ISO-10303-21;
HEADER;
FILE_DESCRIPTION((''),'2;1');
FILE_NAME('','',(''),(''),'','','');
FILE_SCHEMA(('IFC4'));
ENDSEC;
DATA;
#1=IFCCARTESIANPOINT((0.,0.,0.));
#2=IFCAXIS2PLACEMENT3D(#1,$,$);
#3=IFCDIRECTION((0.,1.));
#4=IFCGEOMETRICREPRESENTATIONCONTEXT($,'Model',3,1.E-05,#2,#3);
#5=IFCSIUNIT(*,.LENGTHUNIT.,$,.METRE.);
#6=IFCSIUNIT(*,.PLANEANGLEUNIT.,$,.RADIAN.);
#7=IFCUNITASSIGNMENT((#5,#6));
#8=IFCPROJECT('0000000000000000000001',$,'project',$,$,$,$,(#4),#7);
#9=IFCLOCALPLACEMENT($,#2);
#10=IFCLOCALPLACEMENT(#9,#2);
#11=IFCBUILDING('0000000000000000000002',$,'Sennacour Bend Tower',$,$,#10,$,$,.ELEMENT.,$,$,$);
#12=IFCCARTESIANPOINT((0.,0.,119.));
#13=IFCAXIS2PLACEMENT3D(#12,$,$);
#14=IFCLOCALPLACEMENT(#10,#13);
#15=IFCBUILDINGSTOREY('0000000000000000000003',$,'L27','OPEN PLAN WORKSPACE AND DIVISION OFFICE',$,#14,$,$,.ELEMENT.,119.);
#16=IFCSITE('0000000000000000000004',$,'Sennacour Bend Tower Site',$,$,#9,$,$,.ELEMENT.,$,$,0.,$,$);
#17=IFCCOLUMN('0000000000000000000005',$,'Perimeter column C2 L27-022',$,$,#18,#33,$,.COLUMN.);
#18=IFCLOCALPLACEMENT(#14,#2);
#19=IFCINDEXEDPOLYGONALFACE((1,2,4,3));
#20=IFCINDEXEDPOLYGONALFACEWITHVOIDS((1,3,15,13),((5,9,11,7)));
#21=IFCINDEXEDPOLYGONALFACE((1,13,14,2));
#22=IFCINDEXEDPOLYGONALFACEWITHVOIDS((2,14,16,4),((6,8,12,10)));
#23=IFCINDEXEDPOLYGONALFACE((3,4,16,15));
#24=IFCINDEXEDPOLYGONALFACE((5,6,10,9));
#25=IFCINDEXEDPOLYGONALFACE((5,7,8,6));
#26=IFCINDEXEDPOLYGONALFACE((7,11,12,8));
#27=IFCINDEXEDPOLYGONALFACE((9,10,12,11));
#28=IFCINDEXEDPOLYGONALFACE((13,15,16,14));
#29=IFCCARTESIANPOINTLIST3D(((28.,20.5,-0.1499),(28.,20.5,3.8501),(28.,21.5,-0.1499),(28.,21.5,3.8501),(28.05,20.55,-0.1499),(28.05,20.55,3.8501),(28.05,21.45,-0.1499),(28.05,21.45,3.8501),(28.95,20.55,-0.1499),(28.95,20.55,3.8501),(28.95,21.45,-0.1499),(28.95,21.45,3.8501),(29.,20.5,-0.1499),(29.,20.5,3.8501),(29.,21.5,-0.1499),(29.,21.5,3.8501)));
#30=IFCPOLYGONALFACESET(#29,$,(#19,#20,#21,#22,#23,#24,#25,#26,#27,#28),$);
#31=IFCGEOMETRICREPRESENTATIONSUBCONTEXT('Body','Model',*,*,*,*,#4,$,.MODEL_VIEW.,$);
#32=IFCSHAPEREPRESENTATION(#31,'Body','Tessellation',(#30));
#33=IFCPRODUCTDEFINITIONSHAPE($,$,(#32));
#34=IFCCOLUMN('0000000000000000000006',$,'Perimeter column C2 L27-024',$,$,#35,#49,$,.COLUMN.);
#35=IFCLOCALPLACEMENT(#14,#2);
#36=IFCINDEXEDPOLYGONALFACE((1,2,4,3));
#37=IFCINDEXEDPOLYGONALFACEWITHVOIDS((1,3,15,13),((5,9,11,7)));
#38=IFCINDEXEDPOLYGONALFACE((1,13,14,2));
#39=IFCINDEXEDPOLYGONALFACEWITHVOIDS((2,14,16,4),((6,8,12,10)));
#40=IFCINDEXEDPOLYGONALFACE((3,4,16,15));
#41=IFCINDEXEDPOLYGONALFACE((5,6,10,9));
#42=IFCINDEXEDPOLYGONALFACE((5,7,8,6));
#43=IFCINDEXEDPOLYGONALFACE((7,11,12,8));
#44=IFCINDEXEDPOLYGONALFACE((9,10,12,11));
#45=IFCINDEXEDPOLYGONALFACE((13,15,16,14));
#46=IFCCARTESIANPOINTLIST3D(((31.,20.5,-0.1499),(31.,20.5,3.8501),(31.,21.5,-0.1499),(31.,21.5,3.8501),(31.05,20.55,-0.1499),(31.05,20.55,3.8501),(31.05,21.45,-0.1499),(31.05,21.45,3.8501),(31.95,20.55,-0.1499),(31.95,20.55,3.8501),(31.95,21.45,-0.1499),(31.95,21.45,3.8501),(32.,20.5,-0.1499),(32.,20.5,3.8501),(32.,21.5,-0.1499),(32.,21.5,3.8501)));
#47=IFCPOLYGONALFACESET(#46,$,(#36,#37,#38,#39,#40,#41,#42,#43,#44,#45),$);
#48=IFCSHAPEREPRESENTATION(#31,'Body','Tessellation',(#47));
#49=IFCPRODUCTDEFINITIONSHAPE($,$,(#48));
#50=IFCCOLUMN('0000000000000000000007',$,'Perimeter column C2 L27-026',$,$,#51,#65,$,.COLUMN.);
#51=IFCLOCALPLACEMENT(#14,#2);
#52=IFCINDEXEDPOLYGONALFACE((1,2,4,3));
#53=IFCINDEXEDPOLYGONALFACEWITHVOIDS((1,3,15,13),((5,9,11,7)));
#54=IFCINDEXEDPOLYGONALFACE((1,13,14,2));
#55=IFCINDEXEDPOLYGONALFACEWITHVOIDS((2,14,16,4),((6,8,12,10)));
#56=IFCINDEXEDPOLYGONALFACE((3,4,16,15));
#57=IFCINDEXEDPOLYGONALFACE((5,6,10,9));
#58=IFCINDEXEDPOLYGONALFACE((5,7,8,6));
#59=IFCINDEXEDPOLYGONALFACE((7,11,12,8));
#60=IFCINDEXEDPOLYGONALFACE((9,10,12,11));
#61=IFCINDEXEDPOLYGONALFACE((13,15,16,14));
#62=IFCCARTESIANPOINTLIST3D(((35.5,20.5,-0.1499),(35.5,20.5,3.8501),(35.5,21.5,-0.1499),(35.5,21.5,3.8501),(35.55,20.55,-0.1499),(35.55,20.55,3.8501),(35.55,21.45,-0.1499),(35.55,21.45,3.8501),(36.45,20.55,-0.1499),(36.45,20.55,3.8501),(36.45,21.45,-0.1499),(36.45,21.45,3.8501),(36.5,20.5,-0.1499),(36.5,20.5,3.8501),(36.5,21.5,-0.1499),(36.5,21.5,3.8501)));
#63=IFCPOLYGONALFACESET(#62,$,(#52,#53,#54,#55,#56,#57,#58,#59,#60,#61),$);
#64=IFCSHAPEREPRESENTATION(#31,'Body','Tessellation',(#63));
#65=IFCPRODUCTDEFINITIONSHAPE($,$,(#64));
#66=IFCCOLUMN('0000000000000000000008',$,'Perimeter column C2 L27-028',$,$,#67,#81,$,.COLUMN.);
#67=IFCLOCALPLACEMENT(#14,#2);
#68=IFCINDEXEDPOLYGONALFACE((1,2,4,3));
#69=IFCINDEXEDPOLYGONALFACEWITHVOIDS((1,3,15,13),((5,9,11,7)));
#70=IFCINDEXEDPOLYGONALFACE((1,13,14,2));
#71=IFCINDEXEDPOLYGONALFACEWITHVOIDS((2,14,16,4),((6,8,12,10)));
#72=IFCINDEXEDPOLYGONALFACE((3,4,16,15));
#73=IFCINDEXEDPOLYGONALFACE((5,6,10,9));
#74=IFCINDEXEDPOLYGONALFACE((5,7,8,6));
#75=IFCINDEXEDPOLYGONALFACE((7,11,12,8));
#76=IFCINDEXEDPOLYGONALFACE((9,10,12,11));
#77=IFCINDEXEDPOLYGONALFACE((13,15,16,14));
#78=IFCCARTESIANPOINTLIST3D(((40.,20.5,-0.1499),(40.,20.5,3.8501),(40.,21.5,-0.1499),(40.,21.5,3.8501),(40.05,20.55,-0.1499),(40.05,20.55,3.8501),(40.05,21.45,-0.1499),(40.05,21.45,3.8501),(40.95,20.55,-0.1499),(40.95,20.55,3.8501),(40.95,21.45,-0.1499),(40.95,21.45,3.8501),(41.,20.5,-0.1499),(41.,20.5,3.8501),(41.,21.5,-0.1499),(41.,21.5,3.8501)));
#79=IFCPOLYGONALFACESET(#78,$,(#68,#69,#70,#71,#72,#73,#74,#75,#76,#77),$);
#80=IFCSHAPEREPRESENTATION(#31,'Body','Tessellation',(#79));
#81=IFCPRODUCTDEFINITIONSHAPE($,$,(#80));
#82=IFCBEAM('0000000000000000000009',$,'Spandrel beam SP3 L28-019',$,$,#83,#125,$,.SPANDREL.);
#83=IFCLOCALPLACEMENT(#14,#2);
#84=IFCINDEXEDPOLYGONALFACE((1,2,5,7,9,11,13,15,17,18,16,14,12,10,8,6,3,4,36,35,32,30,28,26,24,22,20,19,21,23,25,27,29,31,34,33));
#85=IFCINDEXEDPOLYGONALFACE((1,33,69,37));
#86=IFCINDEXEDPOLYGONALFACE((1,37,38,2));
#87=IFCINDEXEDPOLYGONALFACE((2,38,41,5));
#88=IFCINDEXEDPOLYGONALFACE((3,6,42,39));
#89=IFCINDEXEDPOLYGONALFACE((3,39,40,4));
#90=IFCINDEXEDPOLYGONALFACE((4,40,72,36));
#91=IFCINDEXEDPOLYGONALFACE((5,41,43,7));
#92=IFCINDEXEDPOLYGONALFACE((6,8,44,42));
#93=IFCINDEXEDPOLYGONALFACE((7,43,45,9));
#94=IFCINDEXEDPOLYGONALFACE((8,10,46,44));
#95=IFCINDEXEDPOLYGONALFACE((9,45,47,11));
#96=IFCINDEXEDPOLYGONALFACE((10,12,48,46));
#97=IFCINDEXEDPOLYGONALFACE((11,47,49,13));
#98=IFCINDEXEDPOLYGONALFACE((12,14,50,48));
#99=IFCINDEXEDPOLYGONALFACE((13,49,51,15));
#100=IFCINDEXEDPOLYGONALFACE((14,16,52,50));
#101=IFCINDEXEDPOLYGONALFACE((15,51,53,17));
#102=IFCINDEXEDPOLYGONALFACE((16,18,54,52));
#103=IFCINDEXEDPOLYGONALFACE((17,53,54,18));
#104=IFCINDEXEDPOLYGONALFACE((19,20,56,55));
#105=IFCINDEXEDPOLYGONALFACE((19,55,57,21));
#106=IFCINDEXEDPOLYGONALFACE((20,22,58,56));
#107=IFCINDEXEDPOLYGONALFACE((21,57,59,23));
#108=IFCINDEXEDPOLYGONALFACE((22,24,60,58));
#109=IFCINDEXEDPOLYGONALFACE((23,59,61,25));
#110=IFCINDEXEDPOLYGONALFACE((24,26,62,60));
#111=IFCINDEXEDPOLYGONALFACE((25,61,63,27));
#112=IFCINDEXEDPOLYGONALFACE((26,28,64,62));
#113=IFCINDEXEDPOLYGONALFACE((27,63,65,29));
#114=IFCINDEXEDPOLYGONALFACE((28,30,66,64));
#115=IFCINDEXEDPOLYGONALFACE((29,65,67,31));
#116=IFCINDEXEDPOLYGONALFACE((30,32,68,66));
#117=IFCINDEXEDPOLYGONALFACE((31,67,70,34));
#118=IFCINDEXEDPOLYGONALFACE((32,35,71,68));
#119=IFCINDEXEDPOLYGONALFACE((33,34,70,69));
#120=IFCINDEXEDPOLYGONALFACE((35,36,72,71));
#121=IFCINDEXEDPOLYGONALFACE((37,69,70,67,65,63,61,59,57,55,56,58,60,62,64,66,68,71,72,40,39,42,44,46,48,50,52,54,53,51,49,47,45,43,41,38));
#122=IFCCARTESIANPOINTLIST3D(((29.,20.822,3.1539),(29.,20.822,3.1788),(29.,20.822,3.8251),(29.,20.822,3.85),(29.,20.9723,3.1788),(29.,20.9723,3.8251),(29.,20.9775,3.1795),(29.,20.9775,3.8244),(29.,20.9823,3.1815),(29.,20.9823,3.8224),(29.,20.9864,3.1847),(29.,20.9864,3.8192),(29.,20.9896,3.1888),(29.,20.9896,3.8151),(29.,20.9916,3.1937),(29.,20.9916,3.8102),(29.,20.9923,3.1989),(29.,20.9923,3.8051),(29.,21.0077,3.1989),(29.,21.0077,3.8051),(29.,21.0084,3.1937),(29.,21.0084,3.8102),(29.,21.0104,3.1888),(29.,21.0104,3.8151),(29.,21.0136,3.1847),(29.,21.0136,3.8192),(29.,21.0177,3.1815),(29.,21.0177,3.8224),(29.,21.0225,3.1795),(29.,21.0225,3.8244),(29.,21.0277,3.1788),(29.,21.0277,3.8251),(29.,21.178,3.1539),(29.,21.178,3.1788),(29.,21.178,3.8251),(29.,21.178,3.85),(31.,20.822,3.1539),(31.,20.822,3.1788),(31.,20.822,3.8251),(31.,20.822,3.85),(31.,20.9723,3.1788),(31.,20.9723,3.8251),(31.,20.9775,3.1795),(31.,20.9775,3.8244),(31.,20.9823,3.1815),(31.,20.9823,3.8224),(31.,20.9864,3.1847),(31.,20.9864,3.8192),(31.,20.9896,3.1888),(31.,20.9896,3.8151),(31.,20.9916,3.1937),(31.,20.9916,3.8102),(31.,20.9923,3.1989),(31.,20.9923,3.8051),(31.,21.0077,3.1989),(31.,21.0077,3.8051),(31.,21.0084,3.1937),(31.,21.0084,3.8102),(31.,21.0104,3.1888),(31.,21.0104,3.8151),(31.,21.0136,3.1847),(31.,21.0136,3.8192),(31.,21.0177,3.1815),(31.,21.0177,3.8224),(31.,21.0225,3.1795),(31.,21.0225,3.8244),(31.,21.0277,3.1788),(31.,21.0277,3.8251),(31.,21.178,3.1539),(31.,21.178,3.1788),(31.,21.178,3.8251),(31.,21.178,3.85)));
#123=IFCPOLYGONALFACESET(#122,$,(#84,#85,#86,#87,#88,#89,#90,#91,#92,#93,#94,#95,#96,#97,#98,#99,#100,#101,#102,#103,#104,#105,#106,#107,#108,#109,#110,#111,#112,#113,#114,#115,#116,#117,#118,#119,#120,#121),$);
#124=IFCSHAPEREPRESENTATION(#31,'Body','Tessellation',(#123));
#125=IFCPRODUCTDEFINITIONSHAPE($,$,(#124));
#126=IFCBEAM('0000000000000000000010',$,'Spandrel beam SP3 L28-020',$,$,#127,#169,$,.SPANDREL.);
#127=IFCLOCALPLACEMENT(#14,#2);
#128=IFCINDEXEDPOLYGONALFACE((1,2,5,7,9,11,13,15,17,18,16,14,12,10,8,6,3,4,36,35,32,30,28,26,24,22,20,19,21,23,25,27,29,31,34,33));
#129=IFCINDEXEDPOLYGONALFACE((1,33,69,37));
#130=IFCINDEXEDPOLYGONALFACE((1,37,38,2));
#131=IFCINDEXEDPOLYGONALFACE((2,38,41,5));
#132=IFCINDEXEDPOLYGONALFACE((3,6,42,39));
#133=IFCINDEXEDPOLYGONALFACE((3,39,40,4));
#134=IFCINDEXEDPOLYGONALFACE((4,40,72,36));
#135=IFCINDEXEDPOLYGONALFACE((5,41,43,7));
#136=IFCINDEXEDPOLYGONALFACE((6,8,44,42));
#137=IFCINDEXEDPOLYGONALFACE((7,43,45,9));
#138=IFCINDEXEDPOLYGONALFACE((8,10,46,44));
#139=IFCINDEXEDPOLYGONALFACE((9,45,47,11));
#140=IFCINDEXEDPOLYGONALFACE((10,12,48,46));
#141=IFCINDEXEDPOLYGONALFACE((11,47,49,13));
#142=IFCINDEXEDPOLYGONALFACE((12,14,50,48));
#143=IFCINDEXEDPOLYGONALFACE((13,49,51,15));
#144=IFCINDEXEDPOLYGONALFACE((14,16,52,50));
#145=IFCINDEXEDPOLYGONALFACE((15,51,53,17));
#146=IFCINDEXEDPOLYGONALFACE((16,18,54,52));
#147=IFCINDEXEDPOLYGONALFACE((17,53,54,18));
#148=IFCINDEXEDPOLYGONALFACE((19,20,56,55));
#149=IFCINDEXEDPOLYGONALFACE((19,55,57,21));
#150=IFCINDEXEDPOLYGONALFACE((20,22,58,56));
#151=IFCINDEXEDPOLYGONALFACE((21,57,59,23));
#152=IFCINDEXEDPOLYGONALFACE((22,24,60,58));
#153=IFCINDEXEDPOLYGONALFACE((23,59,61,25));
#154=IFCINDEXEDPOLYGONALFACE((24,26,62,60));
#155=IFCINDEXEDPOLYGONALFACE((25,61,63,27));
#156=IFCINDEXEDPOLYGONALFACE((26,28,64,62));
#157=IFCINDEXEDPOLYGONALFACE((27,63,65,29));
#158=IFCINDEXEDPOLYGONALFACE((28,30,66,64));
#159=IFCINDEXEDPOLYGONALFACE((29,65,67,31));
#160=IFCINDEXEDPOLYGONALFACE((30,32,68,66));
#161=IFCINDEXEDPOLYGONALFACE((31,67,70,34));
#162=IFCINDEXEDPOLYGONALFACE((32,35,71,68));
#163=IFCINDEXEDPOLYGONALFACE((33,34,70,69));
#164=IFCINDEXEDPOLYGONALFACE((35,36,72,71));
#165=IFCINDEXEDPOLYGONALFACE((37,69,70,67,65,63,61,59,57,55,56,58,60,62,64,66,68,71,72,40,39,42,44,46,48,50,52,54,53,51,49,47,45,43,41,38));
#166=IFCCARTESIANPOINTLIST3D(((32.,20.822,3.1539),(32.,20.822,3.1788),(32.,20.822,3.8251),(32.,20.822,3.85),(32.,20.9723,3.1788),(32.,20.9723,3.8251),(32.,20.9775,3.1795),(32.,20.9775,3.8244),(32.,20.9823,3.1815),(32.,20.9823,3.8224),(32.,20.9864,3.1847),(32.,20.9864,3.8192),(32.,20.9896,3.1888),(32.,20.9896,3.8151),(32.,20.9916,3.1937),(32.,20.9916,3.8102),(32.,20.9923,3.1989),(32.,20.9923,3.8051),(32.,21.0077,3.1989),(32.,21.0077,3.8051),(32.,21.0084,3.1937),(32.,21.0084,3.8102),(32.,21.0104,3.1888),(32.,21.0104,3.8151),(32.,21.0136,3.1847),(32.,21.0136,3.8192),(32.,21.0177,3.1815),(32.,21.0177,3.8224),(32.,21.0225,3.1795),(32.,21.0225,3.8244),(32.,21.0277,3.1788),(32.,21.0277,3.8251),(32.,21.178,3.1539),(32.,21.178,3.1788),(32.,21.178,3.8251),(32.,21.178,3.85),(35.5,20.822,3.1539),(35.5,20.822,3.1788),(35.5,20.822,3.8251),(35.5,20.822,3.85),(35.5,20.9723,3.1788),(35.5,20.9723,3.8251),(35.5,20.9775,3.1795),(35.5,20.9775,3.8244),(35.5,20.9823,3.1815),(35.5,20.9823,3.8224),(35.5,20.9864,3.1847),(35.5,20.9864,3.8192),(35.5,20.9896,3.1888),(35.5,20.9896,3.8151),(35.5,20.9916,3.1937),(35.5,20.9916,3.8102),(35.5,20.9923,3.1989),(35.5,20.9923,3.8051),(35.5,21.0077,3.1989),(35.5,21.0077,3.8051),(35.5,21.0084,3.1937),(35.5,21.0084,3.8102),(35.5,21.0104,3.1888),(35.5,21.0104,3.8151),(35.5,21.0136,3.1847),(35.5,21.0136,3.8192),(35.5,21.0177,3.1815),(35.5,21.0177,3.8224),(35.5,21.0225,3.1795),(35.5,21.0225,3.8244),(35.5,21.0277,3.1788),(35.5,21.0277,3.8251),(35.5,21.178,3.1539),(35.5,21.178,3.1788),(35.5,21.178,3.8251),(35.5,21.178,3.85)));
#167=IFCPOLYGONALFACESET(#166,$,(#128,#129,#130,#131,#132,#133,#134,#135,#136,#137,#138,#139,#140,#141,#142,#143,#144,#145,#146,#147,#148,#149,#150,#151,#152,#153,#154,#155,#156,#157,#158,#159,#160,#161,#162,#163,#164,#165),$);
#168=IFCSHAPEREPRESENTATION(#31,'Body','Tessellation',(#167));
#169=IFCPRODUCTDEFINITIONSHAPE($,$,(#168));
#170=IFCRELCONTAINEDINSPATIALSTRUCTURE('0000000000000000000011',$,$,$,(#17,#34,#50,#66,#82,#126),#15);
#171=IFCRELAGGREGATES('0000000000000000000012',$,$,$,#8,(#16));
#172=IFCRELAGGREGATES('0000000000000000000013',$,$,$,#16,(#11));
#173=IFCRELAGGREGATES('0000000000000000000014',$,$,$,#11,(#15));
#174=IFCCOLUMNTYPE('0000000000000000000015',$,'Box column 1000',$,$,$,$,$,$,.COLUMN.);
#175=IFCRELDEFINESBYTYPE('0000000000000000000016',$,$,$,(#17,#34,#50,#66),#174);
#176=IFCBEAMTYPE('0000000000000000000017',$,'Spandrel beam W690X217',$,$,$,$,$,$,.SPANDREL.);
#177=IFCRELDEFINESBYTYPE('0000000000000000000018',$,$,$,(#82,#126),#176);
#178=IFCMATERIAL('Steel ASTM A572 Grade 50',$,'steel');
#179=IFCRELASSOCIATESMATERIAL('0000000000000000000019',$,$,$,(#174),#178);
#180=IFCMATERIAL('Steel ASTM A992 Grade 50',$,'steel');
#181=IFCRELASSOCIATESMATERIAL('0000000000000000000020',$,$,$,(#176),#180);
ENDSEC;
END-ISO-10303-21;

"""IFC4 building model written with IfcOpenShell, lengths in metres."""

from ifc_helpers import new_model, si_unit, direction, frame, origin, origin_2d, place, context, subcontext, project, spatial, hollow_rectangle, i_section, extrude, material, material_profile, profile_set, type_object, element, save


model = new_model("IFC4")

# Units and contexts
model_context = context("Model", 3, precision=1e-05, world=origin(), true_north=direction((0.0, 1.0)))
body_context = subcontext(model_context, "Body", "Model", "MODEL_VIEW")
ifc_project = project(units=[si_unit("LENGTHUNIT", "METRE"), si_unit("PLANEANGLEUNIT", "RADIAN")], contexts=[model_context])

# Site, building, storey
site_placement = place(None, origin())
site = spatial("IfcSite", under=ifc_project, at=site_placement, Name="Sennacour Bend Tower Site", CompositionType="ELEMENT", RefElevation=0.0)
building_placement = place(site_placement, origin())
building = spatial("IfcBuilding", under=site, at=building_placement, Name="Sennacour Bend Tower", CompositionType="ELEMENT")
storey_placement = place(building_placement, frame((0.0, 0.0, 119.0)))
storey = spatial("IfcBuildingStorey", under=building, at=storey_placement, Name="L27", Description="OPEN PLAN WORKSPACE AND DIVISION OFFICE", CompositionType="ELEMENT", Elevation=119.0)

# Columns
ifc_material_1 = material(Name="Steel ASTM A572 Grade 50", Category="steel")
ifc_material_profile_1 = material_profile(ifc_material_1, hollow_rectangle(XDim=1.0, YDim=1.0, WallThickness=0.05, at=origin_2d()), Name="Steel ASTM A572 Grade 50", Category="steel")
ifc_profile_set_1 = profile_set([ifc_material_profile_1], Name="Steel ASTM A572 Grade 50")
column_type = type_object("IfcColumnType", Name="Box column 1000", PredefinedType="COLUMN", material=ifc_profile_set_1)
for number, where, z_axis, x_axis, name in (
    (1, (28.5, 21.0, -0.1499), (0.0, 0.0, 1.0), (1.0, 0.0, 0.0), "Perimeter column C2 L27-022"),
    (2, (31.5, 21.0, -0.1499), (0.0, 0.0, 1.0), (1.0, 0.0, 0.0), "Perimeter column C2 L27-024"),
    (3, (36.0, 21.0, -0.1499), (0.0, 0.0, 1.0), (1.0, 0.0, 0.0), "Perimeter column C2 L27-026"),
    (4, (40.5, 21.0, -0.1499), (0.0, 0.0, 1.0), (1.0, 0.0, 0.0), "Perimeter column C2 L27-028"),
):
    element("IfcColumn", number, at=place(storey_placement, frame(where, z_axis=z_axis, x_axis=x_axis)), inside=storey, type_object=column_type, Name=name, PredefinedType="COLUMN", context=body_context, shape_type="SweptSolid", body=[
        extrude(hollow_rectangle(XDim=1.0, YDim=1.0, WallThickness=0.05, at=origin_2d()), origin(), (0.0, 0.0, 1.0), 4.0),
    ])

# Beams
ifc_material_2 = material(Name="Steel ASTM A992 Grade 50", Category="steel")
ifc_material_profile_2 = material_profile(ifc_material_2, i_section(OverallWidth=0.356, OverallDepth=0.696, WebThickness=0.0154, FlangeThickness=0.0249, FilletRadius=0.02, at=origin_2d()), Name="Steel ASTM A992 Grade 50", Category="steel")
ifc_profile_set_2 = profile_set([ifc_material_profile_2], Name="Steel ASTM A992 Grade 50")
beam_type = type_object("IfcBeamType", Name="Spandrel beam W690X217", PredefinedType="SPANDREL", material=ifc_profile_set_2)
beam_placement = place(storey_placement, frame((29.0, 21.0, 3.502), z_axis=(1.0, 0.0, 0.0), x_axis=(0.0, 1.0, 0.0)))
element("IfcBeam", 5, at=beam_placement, inside=storey, type_object=beam_type, Name="Spandrel beam SP3 L28-019", PredefinedType="SPANDREL", context=body_context, shape_type="SweptSolid", body=[
    extrude(i_section(OverallWidth=0.356, OverallDepth=0.696, WebThickness=0.0154, FlangeThickness=0.0249, FilletRadius=0.02, at=origin_2d()), origin(), (0.0, 0.0, 1.0), 2.0),
])
for number, where, z_axis, x_axis, name in (
    (6, (32.0, 21.0, 3.502), (1.0, 0.0, 0.0), (0.0, 1.0, 0.0), "Spandrel beam SP3 L28-020"),
):
    element("IfcBeam", number, at=place(storey_placement, frame(where, z_axis=z_axis, x_axis=x_axis)), inside=storey, type_object=beam_type, Name=name, PredefinedType="SPANDREL", context=body_context, shape_type="SweptSolid", body=[
        extrude(i_section(OverallWidth=0.356, OverallDepth=0.696, WebThickness=0.0154, FlangeThickness=0.0249, FilletRadius=0.02, at=origin_2d()), origin(), (0.0, 0.0, 1.0), 3.5),
    ])

save(model, "model.ifc")
